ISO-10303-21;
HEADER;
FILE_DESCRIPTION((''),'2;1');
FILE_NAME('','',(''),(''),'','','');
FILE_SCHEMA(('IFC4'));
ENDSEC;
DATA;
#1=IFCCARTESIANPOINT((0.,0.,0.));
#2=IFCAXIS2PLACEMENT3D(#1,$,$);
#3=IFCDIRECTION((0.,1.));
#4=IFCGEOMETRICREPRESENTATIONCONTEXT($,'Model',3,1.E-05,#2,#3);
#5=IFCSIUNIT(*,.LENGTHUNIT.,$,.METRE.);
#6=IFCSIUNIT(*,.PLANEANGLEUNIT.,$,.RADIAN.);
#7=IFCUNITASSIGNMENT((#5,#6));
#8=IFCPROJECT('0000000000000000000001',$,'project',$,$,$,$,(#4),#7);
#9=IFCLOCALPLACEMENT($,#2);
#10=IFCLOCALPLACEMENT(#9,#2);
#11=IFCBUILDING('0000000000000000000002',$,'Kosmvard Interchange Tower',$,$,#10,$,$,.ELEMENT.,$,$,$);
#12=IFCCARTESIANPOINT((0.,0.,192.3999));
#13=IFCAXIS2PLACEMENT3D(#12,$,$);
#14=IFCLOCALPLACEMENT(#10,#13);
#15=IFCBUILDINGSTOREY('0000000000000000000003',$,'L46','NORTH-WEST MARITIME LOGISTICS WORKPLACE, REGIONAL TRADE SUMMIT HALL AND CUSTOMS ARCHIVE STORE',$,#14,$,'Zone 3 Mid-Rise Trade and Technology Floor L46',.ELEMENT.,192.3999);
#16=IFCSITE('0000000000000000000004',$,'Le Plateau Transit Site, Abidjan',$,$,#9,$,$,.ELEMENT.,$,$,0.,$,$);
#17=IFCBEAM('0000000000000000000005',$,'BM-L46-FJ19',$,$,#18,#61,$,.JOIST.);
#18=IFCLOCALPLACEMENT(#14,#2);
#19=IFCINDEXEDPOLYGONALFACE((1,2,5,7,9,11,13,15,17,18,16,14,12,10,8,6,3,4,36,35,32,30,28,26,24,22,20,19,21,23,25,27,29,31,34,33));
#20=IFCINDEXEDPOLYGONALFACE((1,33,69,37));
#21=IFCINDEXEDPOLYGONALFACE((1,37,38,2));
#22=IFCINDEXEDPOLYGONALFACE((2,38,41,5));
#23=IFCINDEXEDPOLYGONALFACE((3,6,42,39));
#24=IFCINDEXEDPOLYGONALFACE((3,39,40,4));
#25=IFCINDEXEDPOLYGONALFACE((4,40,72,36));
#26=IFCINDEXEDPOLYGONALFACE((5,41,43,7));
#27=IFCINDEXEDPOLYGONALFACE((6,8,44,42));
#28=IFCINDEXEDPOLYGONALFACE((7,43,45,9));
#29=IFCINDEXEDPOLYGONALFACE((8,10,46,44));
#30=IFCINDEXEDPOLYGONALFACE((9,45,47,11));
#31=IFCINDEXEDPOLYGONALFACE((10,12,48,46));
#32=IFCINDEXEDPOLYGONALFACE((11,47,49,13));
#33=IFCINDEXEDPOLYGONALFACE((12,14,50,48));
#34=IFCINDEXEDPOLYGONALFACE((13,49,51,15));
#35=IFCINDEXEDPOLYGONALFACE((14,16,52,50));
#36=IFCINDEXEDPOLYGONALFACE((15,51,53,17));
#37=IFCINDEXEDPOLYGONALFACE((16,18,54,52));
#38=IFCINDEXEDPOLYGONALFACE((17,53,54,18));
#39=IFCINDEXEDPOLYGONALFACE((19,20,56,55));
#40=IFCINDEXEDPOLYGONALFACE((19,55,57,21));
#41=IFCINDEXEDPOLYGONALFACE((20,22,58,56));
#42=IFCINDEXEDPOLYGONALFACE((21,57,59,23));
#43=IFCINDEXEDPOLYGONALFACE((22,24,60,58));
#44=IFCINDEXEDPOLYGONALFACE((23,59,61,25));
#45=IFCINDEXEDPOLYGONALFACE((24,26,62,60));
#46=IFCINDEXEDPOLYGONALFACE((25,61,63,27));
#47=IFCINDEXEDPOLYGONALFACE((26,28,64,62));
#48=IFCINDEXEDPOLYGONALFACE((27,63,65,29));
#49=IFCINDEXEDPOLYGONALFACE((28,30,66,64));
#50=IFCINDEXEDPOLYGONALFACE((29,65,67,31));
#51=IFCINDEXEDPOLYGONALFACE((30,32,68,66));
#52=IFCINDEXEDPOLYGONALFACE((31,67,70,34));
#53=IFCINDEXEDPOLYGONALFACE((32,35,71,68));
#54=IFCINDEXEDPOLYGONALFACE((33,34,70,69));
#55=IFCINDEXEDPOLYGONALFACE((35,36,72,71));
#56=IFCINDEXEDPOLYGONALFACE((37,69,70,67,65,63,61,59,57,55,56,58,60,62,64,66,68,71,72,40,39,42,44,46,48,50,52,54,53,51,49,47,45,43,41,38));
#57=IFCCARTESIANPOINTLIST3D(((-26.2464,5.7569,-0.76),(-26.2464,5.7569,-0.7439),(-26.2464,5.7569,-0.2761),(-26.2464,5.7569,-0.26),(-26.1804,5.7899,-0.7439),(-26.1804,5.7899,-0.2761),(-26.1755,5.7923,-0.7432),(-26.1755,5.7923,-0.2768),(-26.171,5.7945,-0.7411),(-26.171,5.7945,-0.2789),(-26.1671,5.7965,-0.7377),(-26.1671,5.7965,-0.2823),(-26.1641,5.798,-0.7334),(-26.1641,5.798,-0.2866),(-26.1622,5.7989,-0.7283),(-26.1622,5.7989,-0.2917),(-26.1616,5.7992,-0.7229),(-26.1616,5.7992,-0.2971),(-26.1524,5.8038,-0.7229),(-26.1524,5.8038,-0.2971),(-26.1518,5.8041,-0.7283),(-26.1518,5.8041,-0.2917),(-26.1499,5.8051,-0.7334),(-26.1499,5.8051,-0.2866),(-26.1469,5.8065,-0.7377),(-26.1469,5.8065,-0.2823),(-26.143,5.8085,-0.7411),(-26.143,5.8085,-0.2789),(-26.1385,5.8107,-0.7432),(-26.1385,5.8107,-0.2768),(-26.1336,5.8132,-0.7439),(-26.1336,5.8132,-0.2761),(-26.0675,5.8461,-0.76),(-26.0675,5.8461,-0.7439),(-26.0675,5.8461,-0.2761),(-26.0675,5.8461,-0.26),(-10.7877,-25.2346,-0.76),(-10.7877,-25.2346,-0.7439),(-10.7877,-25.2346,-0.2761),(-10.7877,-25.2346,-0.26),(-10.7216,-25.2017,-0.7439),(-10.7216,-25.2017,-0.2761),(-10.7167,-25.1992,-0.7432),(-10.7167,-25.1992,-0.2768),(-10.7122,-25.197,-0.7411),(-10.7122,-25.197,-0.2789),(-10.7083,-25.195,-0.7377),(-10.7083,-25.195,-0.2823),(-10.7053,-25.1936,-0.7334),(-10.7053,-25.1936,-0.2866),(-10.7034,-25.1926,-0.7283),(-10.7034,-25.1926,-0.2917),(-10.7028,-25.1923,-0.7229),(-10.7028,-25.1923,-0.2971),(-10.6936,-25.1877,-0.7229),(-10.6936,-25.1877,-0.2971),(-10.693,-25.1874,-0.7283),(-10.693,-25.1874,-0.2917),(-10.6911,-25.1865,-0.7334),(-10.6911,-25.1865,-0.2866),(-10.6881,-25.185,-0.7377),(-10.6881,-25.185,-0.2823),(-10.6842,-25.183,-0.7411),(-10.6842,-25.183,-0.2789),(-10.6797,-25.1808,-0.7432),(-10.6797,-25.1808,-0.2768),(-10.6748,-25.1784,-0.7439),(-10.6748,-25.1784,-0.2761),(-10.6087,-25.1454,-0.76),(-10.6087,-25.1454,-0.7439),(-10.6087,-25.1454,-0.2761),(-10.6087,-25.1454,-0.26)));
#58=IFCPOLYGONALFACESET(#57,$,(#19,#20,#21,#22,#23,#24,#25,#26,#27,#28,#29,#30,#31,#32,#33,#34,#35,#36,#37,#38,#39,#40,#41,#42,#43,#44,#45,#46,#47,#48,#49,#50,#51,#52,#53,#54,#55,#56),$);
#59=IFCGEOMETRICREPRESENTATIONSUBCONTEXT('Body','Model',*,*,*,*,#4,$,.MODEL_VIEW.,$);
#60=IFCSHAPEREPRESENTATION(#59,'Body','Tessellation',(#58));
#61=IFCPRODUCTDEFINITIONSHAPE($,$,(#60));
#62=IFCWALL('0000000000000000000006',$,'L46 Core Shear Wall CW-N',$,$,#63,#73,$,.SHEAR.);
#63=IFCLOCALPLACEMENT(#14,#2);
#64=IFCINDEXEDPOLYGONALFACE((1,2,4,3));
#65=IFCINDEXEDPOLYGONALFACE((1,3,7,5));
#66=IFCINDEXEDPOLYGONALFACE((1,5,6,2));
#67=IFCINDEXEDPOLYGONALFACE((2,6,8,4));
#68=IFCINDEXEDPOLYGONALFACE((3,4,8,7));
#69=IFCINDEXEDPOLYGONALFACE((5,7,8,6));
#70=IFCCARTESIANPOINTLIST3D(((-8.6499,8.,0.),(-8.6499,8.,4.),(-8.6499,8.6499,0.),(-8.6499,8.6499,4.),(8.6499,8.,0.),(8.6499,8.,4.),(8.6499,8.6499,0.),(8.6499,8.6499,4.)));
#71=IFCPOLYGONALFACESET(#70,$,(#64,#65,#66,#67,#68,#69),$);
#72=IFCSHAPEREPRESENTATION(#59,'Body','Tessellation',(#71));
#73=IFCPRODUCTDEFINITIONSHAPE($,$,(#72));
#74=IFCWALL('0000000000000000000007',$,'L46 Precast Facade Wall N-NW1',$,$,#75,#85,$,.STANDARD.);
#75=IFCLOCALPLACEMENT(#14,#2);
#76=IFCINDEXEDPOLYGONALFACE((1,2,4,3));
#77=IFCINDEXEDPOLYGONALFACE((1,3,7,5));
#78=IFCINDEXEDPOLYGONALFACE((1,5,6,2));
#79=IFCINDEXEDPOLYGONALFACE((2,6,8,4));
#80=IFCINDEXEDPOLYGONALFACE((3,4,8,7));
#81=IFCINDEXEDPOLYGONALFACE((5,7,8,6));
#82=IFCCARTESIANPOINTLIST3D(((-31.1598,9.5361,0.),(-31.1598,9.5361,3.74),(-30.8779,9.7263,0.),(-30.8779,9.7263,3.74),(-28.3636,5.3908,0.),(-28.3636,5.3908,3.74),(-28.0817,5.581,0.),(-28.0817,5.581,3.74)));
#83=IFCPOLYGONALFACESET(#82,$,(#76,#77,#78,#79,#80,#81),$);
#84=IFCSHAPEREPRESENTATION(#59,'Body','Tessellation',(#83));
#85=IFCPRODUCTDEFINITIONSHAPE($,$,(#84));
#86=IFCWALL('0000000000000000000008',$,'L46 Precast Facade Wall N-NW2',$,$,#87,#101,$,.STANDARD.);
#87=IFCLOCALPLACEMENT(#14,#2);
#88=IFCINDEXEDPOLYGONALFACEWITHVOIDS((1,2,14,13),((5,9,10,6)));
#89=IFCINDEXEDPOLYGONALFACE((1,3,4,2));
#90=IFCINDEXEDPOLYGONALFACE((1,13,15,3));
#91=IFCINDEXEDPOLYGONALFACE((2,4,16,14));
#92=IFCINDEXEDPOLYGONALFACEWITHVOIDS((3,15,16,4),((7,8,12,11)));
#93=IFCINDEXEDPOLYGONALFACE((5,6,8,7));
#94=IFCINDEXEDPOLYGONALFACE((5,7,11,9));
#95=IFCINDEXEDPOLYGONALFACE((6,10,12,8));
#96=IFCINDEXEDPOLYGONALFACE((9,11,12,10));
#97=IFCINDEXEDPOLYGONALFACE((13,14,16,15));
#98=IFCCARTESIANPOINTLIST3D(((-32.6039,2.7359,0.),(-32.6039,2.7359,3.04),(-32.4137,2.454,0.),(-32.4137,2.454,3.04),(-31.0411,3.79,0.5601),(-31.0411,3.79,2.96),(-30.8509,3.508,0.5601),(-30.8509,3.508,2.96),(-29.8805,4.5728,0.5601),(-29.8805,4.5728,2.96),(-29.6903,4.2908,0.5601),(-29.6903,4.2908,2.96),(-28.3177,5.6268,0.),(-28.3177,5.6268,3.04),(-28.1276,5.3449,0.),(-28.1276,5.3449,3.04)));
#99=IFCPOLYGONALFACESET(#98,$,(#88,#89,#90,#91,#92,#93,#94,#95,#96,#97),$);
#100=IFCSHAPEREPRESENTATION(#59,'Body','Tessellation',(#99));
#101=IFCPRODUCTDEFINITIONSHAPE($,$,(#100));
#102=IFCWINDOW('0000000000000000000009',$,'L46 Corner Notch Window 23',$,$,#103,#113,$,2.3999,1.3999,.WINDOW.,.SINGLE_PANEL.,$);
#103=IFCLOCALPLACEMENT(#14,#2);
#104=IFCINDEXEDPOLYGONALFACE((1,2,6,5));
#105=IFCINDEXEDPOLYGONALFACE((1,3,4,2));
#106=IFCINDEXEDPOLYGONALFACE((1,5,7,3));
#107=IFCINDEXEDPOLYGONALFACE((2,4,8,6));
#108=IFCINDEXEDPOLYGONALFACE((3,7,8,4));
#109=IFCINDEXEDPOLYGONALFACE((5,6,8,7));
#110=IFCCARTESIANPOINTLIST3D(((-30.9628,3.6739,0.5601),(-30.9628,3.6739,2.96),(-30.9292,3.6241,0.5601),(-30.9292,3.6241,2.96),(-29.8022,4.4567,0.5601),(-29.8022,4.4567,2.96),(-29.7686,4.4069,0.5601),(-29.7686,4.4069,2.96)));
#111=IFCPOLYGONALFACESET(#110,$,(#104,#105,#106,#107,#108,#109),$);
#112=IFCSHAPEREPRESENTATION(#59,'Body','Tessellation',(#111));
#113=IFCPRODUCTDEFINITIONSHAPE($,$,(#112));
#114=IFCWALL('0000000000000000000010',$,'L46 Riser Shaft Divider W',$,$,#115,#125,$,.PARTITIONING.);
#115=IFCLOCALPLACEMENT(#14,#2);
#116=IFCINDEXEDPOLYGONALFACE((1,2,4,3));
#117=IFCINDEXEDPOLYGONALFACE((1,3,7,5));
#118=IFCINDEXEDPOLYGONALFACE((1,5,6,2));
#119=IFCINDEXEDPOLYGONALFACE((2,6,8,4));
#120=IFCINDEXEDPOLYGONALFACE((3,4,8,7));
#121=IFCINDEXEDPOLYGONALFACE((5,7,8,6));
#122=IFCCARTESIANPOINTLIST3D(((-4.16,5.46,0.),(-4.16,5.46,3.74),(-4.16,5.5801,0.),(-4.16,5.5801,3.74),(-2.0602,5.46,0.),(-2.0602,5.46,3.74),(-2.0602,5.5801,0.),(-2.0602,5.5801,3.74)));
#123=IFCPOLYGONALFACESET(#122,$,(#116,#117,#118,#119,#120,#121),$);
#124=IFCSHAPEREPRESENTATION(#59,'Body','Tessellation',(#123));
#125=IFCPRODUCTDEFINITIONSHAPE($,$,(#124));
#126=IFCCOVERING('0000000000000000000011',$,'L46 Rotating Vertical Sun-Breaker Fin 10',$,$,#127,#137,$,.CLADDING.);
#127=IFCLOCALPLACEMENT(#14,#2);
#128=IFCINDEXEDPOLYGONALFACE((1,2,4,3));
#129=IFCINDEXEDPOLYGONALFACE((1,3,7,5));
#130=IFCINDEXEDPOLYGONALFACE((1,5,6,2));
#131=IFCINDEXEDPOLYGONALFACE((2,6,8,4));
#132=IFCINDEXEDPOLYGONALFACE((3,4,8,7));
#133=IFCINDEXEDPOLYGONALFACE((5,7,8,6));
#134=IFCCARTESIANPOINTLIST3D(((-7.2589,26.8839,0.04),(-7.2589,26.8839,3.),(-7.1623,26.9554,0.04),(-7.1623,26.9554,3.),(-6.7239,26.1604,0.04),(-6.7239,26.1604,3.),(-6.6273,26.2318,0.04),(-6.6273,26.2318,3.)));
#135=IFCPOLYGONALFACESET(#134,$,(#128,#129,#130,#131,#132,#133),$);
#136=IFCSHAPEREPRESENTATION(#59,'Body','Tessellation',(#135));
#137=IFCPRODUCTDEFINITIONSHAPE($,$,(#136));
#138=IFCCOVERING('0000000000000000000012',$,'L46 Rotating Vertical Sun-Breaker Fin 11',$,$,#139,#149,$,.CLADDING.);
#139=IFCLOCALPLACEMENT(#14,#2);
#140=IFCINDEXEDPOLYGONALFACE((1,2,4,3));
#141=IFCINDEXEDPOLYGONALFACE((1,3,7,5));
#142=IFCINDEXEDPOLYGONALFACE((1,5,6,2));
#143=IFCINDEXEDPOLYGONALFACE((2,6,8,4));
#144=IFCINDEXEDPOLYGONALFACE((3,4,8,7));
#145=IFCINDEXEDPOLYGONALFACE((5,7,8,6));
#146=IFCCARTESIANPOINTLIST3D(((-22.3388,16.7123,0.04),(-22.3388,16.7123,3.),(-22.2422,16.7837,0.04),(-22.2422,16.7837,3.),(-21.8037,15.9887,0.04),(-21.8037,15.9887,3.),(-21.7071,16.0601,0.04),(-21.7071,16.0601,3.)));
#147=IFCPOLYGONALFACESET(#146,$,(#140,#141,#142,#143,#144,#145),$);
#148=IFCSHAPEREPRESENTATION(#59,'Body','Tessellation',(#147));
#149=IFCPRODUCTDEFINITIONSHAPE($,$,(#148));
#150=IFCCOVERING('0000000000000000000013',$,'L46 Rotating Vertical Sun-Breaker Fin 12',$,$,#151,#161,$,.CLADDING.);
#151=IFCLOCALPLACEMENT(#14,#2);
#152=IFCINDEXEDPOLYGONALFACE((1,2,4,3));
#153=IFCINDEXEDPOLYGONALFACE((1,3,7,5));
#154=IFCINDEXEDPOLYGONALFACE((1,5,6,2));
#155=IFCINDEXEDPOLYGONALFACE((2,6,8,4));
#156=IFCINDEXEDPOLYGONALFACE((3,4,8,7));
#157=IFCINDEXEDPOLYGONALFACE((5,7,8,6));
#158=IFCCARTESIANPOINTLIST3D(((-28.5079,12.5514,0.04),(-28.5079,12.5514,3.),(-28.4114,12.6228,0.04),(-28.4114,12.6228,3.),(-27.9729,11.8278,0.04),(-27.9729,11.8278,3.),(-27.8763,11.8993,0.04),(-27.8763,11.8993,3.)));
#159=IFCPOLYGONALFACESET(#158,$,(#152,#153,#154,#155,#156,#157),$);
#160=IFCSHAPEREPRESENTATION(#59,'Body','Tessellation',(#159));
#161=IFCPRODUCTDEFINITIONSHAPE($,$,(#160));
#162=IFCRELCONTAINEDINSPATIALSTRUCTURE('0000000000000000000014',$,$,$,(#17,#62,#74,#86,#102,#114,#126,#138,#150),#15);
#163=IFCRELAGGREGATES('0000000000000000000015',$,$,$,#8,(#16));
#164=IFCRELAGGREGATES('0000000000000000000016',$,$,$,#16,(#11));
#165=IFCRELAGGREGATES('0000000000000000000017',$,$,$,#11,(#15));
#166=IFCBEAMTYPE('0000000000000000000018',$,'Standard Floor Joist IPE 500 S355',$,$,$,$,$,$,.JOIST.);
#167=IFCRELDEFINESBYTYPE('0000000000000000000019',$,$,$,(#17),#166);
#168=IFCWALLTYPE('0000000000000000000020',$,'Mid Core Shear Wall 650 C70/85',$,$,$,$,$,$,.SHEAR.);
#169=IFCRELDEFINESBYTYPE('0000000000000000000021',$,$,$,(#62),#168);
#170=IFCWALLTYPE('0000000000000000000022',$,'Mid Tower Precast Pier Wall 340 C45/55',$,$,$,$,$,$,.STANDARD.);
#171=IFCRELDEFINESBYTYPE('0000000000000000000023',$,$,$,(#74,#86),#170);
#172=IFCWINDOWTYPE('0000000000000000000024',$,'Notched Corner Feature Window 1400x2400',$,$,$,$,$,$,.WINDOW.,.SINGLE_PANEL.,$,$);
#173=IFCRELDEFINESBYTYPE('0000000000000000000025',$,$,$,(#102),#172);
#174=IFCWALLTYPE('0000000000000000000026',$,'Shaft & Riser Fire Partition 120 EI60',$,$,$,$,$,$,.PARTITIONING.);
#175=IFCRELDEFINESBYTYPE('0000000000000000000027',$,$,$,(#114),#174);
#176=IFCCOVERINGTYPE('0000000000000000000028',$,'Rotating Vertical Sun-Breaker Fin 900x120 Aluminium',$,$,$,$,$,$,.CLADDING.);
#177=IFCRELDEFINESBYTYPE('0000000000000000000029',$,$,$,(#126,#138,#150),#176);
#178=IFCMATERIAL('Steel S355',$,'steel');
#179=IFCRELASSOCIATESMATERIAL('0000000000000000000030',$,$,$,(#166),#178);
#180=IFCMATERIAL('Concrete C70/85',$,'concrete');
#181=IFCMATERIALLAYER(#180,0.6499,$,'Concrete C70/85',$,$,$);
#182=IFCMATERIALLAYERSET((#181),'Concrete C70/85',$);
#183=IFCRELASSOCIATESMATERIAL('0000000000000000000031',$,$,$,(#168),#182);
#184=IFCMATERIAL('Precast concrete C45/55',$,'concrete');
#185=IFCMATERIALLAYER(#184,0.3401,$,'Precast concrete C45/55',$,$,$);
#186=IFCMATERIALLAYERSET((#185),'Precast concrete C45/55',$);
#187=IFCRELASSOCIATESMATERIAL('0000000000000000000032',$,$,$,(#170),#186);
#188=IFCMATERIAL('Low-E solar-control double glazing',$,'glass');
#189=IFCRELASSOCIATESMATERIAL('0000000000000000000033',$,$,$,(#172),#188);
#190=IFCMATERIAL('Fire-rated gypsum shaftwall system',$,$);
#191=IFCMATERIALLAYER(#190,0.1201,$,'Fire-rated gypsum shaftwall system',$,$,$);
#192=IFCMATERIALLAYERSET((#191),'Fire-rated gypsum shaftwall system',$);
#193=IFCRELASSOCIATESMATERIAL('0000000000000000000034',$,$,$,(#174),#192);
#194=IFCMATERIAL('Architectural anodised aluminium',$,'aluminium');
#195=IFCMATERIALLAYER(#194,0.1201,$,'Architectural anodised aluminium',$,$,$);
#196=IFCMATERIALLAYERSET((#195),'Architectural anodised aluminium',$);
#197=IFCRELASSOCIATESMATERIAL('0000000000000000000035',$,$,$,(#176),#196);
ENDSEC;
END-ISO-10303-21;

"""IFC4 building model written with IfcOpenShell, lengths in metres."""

from ifc_helpers import new_model, si_unit, direction, frame, frame_2d, origin, origin_2d, place, context, subcontext, project, spatial, rectangle, i_section, extrude, source, transform, mapped, material, layer, layer_set, material_profile, profile_set, type_object, element, fill, save


model = new_model("IFC4")

# Units and contexts
model_context = context("Model", 3, precision=1e-05, world=origin(), true_north=direction((0.0, 1.0)))
body_context = subcontext(model_context, "Body", "Model", "MODEL_VIEW")
ifc_project = project(units=[si_unit("LENGTHUNIT", "METRE"), si_unit("PLANEANGLEUNIT", "RADIAN")], contexts=[model_context])

# Site, building, storey
site_placement = place(None, origin())
site = spatial("IfcSite", under=ifc_project, at=site_placement, Name="Le Plateau Transit Site, Abidjan", CompositionType="ELEMENT", RefElevation=0.0)
building_placement = place(site_placement, origin())
building = spatial("IfcBuilding", under=site, at=building_placement, Name="Kosmvard Interchange Tower", CompositionType="ELEMENT")
storey_placement = place(building_placement, frame((0.0, 0.0, 192.3999)))
storey = spatial("IfcBuildingStorey", under=building, at=storey_placement, Name="L46", Description="NORTH-WEST MARITIME LOGISTICS WORKPLACE, REGIONAL TRADE SUMMIT HALL AND CUSTOMS ARCHIVE STORE", LongName="Zone 3 Mid-Rise Trade and Technology Floor L46", CompositionType="ELEMENT", Elevation=192.3999)

# Beam
ifc_material_1 = material(Name="Steel S355", Category="steel")
ifc_material_2 = material(Name="Precast concrete C45/55", Category="concrete")
ifc_material_profile_1 = material_profile(ifc_material_1, i_section(OverallWidth=0.2, OverallDepth=0.5, WebThickness=0.0103, FlangeThickness=0.0161, FilletRadius=0.021, at=origin_2d()), Name="IPE 500")
ifc_profile_set_1 = profile_set([ifc_material_profile_1], Name="Steel S355")
beam_type_1 = type_object("IfcBeamType", Name="Standard Floor Joist IPE 500 S355", PredefinedType="JOIST", material=ifc_profile_set_1)
shared_shape_1 = source(origin(), body_context, "Body", "SweptSolid", [
    extrude(i_section(OverallWidth=0.2, OverallDepth=0.5, WebThickness=0.0103, FlangeThickness=0.0161, FilletRadius=0.021, at=origin_2d()), origin(), (0.0, 0.0, 1.0), 34.6331),
])
beam_1_placement = place(storey_placement, frame((-26.157, 5.8015, -0.51), z_axis=(0.446359, -0.894854, 0.0), x_axis=(0.894854, 0.446359, 0.0)))
element("IfcBeam", 1, at=beam_1_placement, inside=storey, type_object=beam_type_1, Name="BM-L46-FJ19", PredefinedType="JOIST", context=body_context, shape_type="MappedRepresentation", body=[
    mapped(shared_shape_1, transform((0.0, 0.0, 0.0), scale=1.0)),
])

# Walls
ifc_material_3 = material(Name="Concrete C70/85", Category="concrete")
ifc_layer_1 = layer(ifc_material_3, 0.6499, Name="Concrete C70/85")
ifc_layer_set_1 = layer_set([ifc_layer_1], Name="Concrete C70/85")
wall_type_1 = type_object("IfcWallType", Name="Mid Core Shear Wall 650 C70/85", PredefinedType="SHEAR", material=ifc_layer_set_1)
wall_1_placement = place(storey_placement, frame((-8.6499, 8.325, 0.0), z_axis=(0.0, 0.0, 1.0), x_axis=(1.0, 0.0, 0.0)))
element("IfcWall", 2, at=wall_1_placement, inside=storey, type_object=wall_type_1, Name="L46 Core Shear Wall CW-N", PredefinedType="SHEAR", context=body_context, shape_type="SweptSolid", body=[
    extrude(rectangle(XDim=17.2998, YDim=0.6499, at=frame_2d((8.6499, 0.0))), origin(), (0.0, 0.0, 1.0), 4.0),
])
ifc_layer_2 = layer(ifc_material_2, 0.3401, Name="Precast concrete C45/55")
ifc_layer_set_2 = layer_set([ifc_layer_2], Name="Precast concrete C45/55")
wall_type_2 = type_object("IfcWallType", Name="Mid Tower Precast Pier Wall 340 C45/55", PredefinedType="STANDARD", material=ifc_layer_set_2)
wall_2_placement = place(storey_placement, frame((-31.0188, 9.6311, 0.0), z_axis=(0.0, 0.0, 1.0), x_axis=(0.55921, -0.829026, 0.0)))
element("IfcWall", 3, at=wall_2_placement, inside=storey, type_object=wall_type_2, Name="L46 Precast Facade Wall N-NW1", PredefinedType="STANDARD", context=body_context, shape_type="SweptSolid", body=[
    extrude(rectangle(XDim=5.0002, YDim=0.3401, at=frame_2d((2.5, 0.0))), origin(), (0.0, 0.0, 1.0), 3.74),
])

# Wall, opening, window
wall_3_placement = place(storey_placement, frame((-28.2227, 5.4858, 0.0), z_axis=(0.0, 0.0, 1.0), x_axis=(-0.829052, -0.559171, 0.0)))
wall_3 = element("IfcWall", 4, at=wall_3_placement, inside=storey, type_object=wall_type_2, Name="L46 Precast Facade Wall N-NW2", PredefinedType="STANDARD", context=body_context, shape_type="SweptSolid", body=[
    extrude(rectangle(XDim=5.1699, YDim=0.3401, at=frame_2d((2.585, 0.0))), origin(), (0.0, 0.0, 1.0), 3.04),
])
opening_placement = place(wall_3_placement, frame((1.885, 0.0, 0.5601)))
opening = element("IfcOpeningElement", 5, at=opening_placement, cuts=wall_3, PredefinedType="OPENING", context=body_context, shape_type="SweptSolid", body=[
    extrude(rectangle(XDim=1.3999, YDim=2.3999, at=frame_2d((0.7, 1.2))), frame((0.0, 0.1802, 0.0), z_axis=(0.0, -1.0, 0.0), x_axis=(1.0, 0.0, 0.0)), (0.0, 0.0, 1.0), 0.3601),
])
ifc_material_4 = material(Name="Low-E solar-control double glazing", Category="glass")
window_type = type_object("IfcWindowType", Name="Notched Corner Feature Window 1400x2400", PartitioningType="SINGLE_PANEL", PredefinedType="WINDOW", material=ifc_material_4)
shared_shape_2 = source(origin(), body_context, "Body", "SweptSolid", [
    extrude(rectangle(XDim=1.3999, YDim=2.3999, at=frame_2d((0.7, 1.2))), frame((0.0, 0.03, 0.0), z_axis=(0.0, -1.0, 0.0), x_axis=(1.0, 0.0, 0.0)), (0.0, 0.0, 1.0), 0.0601),
])
window_placement = place(opening_placement, origin())
window = element("IfcWindow", 6, at=window_placement, inside=storey, type_object=window_type, Name="L46 Corner Notch Window 23", OverallHeight=2.3999, OverallWidth=1.3999, PartitioningType="SINGLE_PANEL", PredefinedType="WINDOW", context=body_context, shape_type="MappedRepresentation", body=[
    mapped(shared_shape_2, transform((0.0, 0.0, 0.0), scale=1.0)),
])
fill(opening, window)

# Wall
ifc_material_5 = material(Name="Fire-rated gypsum shaftwall system")
ifc_layer_3 = layer(ifc_material_5, 0.1201, Name="Fire-rated gypsum shaftwall system")
ifc_layer_set_3 = layer_set([ifc_layer_3], Name="Fire-rated gypsum shaftwall system")
wall_type_3 = type_object("IfcWallType", Name="Shaft & Riser Fire Partition 120 EI60", PredefinedType="PARTITIONING", material=ifc_layer_set_3)
wall_4_placement = place(storey_placement, frame((-4.1599, 5.52, 0.0), z_axis=(0.0, 0.0, 1.0), x_axis=(1.0, 0.0, 0.0)))
element("IfcWall", 7, at=wall_4_placement, inside=storey, type_object=wall_type_3, Name="L46 Riser Shaft Divider W", PredefinedType="PARTITIONING", context=body_context, shape_type="SweptSolid", body=[
    extrude(rectangle(XDim=2.0999, YDim=0.1201, at=frame_2d((1.0498, 0.0))), origin(), (0.0, 0.0, 1.0), 3.74),
])

# Coverings
ifc_material_6 = material(Name="Architectural anodised aluminium", Category="aluminium")
ifc_layer_4 = layer(ifc_material_6, 0.1201, Name="Architectural anodised aluminium")
ifc_layer_set_4 = layer_set([ifc_layer_4], Name="Architectural anodised aluminium")
covering_type = type_object("IfcCoveringType", Name="Rotating Vertical Sun-Breaker Fin 900x120 Aluminium", PredefinedType="CLADDING", material=ifc_layer_set_4)
shared_shape_3 = source(origin(), body_context, "Body", "SweptSolid", [
    extrude(rectangle(XDim=0.8999, YDim=0.1201, at=origin_2d()), origin(), (0.0, 0.0, 1.0), 2.96),
])
for number, where, z_axis, x_axis, name in (
    (8, (-6.9431, 26.5579, 0.04), (0.0, 0.0, 1.0), (-0.594542, 0.804064, 0.0), "L46 Rotating Vertical Sun-Breaker Fin 10"),
    (9, (-22.0229, 16.3862, 0.04), (0.0, 0.0, 1.0), (-0.594542, 0.804064, 0.0), "L46 Rotating Vertical Sun-Breaker Fin 11"),
    (10, (-28.1921, 12.2253, 0.04), (0.0, 0.0, 1.0), (-0.594542, 0.804064, 0.0), "L46 Rotating Vertical Sun-Breaker Fin 12"),
):
    element("IfcCovering", number, at=place(storey_placement, frame(where, z_axis=z_axis, x_axis=x_axis)), inside=storey, type_object=covering_type, Name=name, PredefinedType="CLADDING", context=body_context, shape_type="MappedRepresentation", body=[
        mapped(shared_shape_3, transform((0.0, 0.0, 0.0), scale=1.0)),
    ])

save(model, "model.ifc")
